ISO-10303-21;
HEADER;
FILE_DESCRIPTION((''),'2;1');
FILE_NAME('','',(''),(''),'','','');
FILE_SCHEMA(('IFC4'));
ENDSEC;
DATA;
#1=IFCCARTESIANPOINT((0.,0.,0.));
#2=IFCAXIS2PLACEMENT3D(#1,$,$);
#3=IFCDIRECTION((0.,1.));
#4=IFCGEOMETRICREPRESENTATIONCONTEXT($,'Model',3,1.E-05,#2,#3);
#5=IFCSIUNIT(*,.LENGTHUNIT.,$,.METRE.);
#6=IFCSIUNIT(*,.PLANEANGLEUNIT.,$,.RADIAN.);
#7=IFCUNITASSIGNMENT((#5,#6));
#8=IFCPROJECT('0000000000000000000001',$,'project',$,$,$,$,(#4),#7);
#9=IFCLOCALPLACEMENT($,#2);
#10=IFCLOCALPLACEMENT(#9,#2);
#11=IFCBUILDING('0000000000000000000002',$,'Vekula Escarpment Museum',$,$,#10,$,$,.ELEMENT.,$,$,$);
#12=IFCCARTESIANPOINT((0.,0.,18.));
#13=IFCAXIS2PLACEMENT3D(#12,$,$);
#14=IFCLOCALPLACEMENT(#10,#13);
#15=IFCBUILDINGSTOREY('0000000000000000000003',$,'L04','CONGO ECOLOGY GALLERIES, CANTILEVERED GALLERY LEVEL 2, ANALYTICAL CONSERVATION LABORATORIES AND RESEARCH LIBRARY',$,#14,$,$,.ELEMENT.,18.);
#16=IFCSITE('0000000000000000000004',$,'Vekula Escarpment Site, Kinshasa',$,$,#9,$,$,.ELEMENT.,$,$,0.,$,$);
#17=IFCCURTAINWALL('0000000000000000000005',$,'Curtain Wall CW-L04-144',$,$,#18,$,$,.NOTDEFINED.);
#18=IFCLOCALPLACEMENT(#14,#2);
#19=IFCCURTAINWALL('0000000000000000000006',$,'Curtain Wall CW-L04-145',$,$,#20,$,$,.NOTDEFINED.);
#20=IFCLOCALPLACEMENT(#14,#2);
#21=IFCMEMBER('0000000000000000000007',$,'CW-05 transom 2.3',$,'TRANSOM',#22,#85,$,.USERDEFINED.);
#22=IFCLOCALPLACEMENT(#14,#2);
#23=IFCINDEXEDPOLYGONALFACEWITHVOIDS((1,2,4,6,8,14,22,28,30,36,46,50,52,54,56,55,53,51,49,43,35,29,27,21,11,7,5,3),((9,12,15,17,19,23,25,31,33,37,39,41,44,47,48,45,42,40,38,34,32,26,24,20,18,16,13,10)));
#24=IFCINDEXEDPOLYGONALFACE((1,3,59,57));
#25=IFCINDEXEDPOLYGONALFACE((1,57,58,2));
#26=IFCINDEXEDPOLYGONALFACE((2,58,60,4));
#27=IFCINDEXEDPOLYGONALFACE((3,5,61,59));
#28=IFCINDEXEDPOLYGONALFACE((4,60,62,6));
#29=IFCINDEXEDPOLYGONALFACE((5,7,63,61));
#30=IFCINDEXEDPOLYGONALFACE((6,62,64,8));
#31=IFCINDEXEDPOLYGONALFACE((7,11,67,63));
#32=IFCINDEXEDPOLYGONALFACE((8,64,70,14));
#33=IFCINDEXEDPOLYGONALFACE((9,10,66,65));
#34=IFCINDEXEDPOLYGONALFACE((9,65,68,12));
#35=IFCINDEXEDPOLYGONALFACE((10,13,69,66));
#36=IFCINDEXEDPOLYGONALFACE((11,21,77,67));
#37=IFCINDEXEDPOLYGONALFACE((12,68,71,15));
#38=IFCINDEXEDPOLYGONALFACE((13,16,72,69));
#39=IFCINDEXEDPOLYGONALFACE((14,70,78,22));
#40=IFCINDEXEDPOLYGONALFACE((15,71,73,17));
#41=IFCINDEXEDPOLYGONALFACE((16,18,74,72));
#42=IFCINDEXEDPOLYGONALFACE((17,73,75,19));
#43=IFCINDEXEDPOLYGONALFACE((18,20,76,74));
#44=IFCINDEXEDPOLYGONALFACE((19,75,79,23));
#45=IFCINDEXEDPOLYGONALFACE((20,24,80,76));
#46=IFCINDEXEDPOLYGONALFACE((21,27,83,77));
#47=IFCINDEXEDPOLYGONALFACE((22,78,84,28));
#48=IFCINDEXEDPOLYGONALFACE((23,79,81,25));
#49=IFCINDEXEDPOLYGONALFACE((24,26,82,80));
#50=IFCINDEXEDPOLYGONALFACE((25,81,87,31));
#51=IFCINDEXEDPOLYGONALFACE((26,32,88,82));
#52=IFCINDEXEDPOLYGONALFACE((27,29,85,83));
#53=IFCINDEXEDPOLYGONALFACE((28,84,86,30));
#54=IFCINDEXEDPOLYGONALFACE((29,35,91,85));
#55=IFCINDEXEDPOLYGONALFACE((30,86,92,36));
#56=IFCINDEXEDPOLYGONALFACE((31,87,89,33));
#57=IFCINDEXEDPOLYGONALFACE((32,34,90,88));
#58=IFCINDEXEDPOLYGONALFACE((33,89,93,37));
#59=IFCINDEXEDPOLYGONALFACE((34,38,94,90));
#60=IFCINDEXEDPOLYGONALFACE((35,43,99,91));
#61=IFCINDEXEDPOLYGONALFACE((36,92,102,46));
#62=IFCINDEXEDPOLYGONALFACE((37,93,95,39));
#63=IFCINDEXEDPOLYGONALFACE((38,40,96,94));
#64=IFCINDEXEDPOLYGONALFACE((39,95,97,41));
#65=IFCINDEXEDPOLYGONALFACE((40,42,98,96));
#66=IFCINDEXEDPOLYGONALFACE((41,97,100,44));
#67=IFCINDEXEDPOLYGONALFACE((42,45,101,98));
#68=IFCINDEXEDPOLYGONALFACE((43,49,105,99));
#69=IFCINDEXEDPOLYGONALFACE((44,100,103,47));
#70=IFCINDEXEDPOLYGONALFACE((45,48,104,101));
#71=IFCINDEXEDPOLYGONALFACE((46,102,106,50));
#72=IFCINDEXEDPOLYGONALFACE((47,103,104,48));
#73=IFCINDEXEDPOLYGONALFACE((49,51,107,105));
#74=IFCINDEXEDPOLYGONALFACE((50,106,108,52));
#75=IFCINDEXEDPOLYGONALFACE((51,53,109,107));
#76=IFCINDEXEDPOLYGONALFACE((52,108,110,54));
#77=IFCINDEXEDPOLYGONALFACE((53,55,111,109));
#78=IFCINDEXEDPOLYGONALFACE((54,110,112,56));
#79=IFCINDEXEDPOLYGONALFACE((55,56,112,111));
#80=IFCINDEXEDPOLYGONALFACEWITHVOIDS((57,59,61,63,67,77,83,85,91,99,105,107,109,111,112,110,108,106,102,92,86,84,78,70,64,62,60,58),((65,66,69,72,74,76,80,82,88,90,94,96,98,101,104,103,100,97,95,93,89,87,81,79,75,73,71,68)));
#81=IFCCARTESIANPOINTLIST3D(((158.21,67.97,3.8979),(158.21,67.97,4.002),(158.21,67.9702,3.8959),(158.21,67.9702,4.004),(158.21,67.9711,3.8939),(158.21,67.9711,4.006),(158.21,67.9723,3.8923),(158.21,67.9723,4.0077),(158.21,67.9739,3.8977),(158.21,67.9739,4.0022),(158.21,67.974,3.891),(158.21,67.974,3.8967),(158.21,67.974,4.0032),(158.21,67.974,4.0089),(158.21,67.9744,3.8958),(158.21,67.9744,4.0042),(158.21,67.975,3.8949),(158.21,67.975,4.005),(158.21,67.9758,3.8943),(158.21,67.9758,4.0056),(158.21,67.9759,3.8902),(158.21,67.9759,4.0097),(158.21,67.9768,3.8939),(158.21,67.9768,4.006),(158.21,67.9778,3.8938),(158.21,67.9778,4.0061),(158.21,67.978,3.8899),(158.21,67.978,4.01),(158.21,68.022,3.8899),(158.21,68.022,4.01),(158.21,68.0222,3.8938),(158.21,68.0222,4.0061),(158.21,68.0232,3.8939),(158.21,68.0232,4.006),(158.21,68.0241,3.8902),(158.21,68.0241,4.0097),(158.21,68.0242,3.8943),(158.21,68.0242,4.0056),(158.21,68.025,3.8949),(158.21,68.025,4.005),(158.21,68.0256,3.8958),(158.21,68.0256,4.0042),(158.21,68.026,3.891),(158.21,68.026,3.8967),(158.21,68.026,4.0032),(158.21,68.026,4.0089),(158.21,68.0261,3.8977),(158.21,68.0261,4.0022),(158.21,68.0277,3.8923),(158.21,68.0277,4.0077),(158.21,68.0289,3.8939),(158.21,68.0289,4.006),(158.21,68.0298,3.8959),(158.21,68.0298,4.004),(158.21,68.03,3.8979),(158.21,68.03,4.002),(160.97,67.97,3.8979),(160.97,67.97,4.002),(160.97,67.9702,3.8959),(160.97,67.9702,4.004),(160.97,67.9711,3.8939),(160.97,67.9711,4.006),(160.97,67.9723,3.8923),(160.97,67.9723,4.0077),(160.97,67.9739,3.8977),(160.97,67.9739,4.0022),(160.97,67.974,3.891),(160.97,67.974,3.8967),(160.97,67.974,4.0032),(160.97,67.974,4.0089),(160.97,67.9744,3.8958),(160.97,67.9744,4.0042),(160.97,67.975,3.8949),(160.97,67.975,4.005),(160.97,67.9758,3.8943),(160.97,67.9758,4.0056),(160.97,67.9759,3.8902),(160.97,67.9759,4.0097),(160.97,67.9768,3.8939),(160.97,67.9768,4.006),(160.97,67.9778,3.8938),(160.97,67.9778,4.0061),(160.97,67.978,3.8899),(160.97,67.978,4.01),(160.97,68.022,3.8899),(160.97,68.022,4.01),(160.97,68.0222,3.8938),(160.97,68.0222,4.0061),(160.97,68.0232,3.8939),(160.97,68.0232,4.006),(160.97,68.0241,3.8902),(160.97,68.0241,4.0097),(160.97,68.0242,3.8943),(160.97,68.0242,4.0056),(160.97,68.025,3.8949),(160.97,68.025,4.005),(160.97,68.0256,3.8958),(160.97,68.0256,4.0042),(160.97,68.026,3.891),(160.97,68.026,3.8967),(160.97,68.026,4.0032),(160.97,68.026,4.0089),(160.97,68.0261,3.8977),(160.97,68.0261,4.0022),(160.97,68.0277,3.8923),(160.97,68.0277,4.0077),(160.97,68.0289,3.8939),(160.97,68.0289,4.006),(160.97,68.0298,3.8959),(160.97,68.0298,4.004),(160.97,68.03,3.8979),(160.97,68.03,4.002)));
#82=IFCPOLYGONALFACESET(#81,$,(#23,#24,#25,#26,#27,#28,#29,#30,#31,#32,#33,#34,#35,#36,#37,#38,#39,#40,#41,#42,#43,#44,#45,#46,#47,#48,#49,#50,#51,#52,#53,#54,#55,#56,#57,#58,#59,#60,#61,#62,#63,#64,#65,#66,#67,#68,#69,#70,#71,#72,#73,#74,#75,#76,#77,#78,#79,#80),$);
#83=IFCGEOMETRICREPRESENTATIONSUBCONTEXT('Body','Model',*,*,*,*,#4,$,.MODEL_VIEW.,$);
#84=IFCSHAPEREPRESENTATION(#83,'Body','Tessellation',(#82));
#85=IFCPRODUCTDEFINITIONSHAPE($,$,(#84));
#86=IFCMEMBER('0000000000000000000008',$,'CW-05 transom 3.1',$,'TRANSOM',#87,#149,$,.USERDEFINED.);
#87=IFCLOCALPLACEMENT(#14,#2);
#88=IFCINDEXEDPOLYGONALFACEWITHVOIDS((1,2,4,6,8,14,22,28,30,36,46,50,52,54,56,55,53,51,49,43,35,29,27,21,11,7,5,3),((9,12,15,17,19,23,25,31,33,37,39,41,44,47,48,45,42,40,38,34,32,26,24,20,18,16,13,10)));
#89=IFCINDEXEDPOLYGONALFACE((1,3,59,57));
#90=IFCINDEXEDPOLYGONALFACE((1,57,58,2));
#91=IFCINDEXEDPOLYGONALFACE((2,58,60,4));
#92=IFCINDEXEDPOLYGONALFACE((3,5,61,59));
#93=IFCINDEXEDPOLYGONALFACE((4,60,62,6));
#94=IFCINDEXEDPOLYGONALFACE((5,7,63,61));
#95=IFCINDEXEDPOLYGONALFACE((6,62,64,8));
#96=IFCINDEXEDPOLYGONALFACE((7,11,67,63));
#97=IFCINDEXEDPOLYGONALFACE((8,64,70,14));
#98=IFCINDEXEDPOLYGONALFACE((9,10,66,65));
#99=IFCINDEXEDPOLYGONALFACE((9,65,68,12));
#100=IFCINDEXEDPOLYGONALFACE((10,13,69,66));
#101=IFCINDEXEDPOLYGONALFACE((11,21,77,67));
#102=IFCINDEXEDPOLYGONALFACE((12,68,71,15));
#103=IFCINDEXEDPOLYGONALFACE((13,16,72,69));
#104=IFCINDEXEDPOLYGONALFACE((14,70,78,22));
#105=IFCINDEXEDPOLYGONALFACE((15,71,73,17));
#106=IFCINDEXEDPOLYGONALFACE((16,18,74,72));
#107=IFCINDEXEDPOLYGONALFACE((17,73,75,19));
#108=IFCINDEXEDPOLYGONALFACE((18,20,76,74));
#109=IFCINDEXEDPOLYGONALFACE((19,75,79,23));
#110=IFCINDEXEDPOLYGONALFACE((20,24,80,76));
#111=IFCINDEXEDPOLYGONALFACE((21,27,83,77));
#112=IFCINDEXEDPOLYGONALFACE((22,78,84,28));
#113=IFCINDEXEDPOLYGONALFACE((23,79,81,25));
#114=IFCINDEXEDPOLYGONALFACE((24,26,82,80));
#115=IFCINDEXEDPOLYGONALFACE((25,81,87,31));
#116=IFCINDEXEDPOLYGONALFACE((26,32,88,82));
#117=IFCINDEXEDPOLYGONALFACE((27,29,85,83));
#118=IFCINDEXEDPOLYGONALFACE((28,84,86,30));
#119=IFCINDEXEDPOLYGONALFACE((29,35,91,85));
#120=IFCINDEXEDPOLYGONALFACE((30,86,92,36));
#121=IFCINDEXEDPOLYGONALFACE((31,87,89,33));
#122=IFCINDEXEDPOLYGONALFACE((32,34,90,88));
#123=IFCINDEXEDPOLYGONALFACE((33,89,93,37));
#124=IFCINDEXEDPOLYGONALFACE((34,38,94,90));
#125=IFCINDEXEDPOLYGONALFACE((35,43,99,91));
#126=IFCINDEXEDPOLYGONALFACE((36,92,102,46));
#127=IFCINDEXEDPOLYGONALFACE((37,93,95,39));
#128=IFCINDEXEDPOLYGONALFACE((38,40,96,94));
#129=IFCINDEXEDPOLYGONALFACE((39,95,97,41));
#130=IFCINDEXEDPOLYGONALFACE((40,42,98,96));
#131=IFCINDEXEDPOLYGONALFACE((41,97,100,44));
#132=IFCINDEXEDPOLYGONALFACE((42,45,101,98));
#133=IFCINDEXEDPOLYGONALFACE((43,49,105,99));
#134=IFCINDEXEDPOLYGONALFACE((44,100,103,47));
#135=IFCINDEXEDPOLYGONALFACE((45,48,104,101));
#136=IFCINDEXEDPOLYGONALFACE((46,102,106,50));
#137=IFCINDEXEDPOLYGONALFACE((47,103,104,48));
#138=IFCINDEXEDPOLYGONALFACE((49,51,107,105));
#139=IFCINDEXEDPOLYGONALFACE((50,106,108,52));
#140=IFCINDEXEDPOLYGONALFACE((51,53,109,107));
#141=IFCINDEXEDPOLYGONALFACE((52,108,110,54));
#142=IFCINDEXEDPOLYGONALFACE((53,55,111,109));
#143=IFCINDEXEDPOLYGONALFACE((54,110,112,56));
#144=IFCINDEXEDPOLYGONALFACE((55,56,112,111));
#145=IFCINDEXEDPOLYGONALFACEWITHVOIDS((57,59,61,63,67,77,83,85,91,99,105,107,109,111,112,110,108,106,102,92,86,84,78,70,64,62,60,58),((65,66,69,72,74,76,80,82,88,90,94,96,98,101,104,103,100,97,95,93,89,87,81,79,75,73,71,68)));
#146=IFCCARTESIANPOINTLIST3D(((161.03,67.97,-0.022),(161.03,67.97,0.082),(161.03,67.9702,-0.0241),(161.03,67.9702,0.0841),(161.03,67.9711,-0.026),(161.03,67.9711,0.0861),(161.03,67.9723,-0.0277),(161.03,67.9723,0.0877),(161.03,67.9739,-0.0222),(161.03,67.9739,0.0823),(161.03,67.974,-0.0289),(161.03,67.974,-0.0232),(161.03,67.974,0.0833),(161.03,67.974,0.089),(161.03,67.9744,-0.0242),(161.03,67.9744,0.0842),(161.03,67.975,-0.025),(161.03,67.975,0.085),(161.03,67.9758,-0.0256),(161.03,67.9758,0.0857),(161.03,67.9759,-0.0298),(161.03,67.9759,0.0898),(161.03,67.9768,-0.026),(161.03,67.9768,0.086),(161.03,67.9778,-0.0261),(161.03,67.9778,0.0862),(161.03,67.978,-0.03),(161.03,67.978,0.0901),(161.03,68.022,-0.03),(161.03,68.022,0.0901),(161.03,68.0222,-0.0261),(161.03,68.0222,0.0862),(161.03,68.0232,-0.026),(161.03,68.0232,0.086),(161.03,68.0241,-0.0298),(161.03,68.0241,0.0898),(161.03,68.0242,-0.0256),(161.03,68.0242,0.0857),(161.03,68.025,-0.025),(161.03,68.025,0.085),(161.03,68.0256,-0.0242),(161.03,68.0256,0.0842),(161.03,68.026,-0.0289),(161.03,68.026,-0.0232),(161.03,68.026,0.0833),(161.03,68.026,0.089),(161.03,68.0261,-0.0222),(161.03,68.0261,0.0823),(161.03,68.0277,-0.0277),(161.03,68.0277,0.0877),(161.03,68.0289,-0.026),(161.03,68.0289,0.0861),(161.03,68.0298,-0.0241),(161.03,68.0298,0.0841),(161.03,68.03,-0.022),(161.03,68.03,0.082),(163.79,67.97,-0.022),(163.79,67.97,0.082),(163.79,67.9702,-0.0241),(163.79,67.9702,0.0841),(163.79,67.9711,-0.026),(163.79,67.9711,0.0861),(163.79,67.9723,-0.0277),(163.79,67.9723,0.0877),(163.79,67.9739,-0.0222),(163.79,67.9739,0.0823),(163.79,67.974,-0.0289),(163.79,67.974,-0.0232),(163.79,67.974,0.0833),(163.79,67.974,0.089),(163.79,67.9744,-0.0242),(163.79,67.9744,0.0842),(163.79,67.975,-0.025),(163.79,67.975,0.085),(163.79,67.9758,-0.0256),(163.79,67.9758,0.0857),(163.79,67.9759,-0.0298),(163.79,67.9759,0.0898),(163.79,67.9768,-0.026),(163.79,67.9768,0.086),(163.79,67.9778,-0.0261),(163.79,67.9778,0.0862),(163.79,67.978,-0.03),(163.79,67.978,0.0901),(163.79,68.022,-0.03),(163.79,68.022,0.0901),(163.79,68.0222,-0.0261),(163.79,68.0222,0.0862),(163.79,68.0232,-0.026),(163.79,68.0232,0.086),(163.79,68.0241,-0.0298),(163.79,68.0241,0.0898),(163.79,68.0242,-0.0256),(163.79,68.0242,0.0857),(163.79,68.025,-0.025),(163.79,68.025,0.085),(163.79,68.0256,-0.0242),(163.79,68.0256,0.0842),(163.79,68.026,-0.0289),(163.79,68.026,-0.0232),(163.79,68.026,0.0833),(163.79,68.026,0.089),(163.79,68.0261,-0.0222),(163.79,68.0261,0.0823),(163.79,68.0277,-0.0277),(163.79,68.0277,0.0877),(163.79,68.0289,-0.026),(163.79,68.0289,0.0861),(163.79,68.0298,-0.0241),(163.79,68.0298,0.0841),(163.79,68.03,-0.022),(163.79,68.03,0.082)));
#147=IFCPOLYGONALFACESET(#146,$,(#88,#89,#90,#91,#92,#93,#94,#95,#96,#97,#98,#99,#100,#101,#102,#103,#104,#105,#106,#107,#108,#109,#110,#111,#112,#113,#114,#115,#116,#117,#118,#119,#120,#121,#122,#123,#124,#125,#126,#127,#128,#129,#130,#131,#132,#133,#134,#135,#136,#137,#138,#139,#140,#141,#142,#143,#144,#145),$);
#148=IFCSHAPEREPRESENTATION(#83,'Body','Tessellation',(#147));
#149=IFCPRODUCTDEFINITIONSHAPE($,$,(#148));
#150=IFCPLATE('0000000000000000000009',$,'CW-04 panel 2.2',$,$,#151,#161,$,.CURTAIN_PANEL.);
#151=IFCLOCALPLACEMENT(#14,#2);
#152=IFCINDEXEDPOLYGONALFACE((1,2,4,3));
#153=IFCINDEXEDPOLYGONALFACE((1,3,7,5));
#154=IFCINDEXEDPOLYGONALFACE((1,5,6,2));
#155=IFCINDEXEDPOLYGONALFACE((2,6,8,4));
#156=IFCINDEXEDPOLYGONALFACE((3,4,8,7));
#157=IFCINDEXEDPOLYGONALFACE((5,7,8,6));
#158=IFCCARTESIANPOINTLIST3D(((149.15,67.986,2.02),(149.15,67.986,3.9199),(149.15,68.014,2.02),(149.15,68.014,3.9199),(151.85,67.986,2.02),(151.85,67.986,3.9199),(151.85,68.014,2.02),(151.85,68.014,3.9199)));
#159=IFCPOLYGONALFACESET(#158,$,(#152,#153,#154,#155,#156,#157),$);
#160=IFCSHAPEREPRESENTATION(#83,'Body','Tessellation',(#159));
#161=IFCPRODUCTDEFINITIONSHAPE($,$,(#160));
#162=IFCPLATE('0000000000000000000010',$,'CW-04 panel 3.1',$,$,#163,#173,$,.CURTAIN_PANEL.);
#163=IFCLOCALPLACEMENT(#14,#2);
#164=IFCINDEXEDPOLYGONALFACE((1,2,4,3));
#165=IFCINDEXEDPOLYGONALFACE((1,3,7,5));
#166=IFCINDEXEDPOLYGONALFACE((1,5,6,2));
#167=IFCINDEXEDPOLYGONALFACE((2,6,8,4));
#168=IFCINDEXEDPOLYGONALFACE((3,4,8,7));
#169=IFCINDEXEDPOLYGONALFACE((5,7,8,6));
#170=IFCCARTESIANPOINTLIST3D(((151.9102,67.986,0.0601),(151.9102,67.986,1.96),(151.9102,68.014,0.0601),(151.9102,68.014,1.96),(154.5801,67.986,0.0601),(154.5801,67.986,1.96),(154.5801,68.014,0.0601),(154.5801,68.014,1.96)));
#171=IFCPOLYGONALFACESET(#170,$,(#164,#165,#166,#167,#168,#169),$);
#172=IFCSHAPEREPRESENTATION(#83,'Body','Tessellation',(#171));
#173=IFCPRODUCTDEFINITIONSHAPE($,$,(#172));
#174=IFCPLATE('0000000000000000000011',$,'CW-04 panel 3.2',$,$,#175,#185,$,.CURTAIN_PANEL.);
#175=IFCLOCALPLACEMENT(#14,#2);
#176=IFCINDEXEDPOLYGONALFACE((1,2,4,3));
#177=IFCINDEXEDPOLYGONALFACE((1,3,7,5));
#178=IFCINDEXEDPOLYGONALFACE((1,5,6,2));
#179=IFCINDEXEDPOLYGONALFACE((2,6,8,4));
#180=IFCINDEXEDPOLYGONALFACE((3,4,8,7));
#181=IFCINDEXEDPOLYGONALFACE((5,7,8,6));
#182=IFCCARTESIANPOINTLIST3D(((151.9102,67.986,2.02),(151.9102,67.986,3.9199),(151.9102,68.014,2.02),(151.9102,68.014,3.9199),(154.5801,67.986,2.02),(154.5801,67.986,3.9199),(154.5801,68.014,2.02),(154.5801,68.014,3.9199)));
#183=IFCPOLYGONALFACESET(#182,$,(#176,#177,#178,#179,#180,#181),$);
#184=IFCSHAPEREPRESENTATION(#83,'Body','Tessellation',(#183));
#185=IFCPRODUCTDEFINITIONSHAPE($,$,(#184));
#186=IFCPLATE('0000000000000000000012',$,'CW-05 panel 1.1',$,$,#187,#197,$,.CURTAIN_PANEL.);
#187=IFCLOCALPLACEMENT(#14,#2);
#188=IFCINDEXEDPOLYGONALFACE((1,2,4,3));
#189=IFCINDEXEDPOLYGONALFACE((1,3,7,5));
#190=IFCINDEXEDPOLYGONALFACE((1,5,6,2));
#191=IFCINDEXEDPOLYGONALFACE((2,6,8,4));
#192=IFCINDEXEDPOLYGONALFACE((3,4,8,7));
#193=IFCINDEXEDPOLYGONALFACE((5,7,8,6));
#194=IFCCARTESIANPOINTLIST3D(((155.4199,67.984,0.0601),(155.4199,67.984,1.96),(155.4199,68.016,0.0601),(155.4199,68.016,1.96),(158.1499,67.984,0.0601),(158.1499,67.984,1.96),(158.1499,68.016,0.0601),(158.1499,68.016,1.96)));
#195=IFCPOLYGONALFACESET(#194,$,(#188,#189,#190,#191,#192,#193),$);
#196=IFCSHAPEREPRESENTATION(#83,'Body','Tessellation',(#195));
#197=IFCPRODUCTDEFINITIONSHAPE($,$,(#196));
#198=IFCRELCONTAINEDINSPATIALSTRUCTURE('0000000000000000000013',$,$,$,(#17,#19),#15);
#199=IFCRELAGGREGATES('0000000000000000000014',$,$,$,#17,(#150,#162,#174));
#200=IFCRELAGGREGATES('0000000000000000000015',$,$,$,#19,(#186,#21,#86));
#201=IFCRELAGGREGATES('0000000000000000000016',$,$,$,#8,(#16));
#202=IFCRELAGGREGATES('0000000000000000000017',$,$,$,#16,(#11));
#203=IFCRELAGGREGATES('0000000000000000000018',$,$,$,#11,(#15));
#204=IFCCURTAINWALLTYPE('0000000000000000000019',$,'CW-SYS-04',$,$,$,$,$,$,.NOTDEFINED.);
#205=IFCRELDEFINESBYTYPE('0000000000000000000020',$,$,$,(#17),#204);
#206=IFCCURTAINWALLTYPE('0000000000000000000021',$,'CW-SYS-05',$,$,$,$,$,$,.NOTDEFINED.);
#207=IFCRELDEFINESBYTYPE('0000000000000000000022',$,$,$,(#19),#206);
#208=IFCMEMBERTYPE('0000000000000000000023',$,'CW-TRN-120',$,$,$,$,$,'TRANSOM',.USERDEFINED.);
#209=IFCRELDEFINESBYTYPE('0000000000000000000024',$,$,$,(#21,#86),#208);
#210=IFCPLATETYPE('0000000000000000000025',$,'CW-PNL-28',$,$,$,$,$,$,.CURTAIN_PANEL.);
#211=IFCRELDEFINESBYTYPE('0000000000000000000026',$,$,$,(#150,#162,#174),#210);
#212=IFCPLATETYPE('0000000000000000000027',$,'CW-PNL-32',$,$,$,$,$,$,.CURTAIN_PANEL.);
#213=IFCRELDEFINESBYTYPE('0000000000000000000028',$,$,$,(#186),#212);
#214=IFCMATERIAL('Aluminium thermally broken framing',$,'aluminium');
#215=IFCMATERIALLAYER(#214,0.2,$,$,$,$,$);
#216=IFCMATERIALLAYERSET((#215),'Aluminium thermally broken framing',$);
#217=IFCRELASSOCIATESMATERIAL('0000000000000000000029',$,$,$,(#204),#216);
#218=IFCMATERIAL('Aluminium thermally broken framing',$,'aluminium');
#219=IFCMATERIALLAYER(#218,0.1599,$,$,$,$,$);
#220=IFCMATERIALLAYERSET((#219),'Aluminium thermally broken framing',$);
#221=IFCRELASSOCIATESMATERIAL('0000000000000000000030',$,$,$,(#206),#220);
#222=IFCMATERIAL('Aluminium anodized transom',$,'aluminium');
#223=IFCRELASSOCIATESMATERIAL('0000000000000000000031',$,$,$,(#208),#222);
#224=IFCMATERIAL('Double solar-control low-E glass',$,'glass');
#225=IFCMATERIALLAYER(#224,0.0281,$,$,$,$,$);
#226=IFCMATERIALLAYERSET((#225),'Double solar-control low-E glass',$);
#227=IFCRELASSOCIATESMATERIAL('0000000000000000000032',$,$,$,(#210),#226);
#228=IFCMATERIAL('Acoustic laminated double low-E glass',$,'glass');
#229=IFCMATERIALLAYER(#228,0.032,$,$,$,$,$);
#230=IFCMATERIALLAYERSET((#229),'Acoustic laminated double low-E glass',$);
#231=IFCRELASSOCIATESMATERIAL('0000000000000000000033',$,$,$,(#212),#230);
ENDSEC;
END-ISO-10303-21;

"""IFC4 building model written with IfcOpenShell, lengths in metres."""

from ifc_helpers import new_model, si_unit, direction, frame, origin, origin_2d, place, context, subcontext, project, spatial, rectangle, hollow_rectangle, extrude, material, layer, layer_set, material_profile, profile_set, type_object, element, aggregate, save


model = new_model("IFC4")

# Units and contexts
model_context = context("Model", 3, precision=1e-05, world=origin(), true_north=direction((0.0, 1.0)))
body_context = subcontext(model_context, "Body", "Model", "MODEL_VIEW")
ifc_project = project(units=[si_unit("LENGTHUNIT", "METRE"), si_unit("PLANEANGLEUNIT", "RADIAN")], contexts=[model_context])

# Site, building, storey
site_placement = place(None, origin())
site = spatial("IfcSite", under=ifc_project, at=site_placement, Name="Vekula Escarpment Site, Kinshasa", CompositionType="ELEMENT", RefElevation=0.0)
building_placement = place(site_placement, origin())
building = spatial("IfcBuilding", under=site, at=building_placement, Name="Vekula Escarpment Museum", CompositionType="ELEMENT")
storey_placement = place(building_placement, frame((0.0, 0.0, 18.0)))
storey = spatial("IfcBuildingStorey", under=building, at=storey_placement, Name="L04", Description="CONGO ECOLOGY GALLERIES, CANTILEVERED GALLERY LEVEL 2, ANALYTICAL CONSERVATION LABORATORIES AND RESEARCH LIBRARY", CompositionType="ELEMENT", Elevation=18.0)

# Curtain walls
ifc_material_1 = material(Name="Aluminium thermally broken framing", Category="aluminium")
ifc_layer_1 = layer(ifc_material_1, 0.2)
ifc_layer_set_1 = layer_set([ifc_layer_1], Name="Aluminium thermally broken framing")
curtain_wall_type_1 = type_object("IfcCurtainWallType", Name="CW-SYS-04", PredefinedType="NOTDEFINED", material=ifc_layer_set_1)
curtain_wall_1_placement = place(storey_placement, origin())
curtain_wall_1 = element("IfcCurtainWall", 1, at=curtain_wall_1_placement, inside=storey, type_object=curtain_wall_type_1, Name="Curtain Wall CW-L04-144", PredefinedType="NOTDEFINED")
ifc_material_2 = material(Name="Aluminium thermally broken framing", Category="aluminium")
ifc_layer_2 = layer(ifc_material_2, 0.1599)
ifc_layer_set_2 = layer_set([ifc_layer_2], Name="Aluminium thermally broken framing")
curtain_wall_type_2 = type_object("IfcCurtainWallType", Name="CW-SYS-05", PredefinedType="NOTDEFINED", material=ifc_layer_set_2)
curtain_wall_2_placement = place(storey_placement, origin())
curtain_wall_2 = element("IfcCurtainWall", 2, at=curtain_wall_2_placement, inside=storey, type_object=curtain_wall_type_2, Name="Curtain Wall CW-L04-145", PredefinedType="NOTDEFINED")

# Members
ifc_material_3 = material(Name="Aluminium anodized transom", Category="aluminium")
ifc_material_profile_1 = material_profile(ifc_material_3, hollow_rectangle(XDim=0.0601, YDim=0.1201, WallThickness=0.0039, InnerFilletRadius=0.0039, OuterFilletRadius=0.0081, at=origin_2d()), Name="ALU 120x60x4")
ifc_profile_set_1 = profile_set([ifc_material_profile_1], Name="Aluminium anodized transom")
member_type_1 = type_object("IfcMemberType", Name="CW-TRN-120", ElementType="TRANSOM", PredefinedType="USERDEFINED", material=ifc_profile_set_1)
member_1_placement = place(storey_placement, frame((158.21, 68.0, 3.95), z_axis=(1.0, 0.0, 0.0), x_axis=(0.0, 1.0, 0.0)))
member_1 = element("IfcMember", 3, at=member_1_placement, type_object=member_type_1, Name="CW-05 transom 2.3", ObjectType="TRANSOM", PredefinedType="USERDEFINED", context=body_context, shape_type="SweptSolid", body=[
    extrude(hollow_rectangle(XDim=0.0601, YDim=0.1201, WallThickness=0.0039, InnerFilletRadius=0.0039, OuterFilletRadius=0.0081, at=origin_2d()), origin(), (0.0, 0.0, 1.0), 2.76),
])
member_2_placement = place(storey_placement, frame((161.03, 68.0, 0.03), z_axis=(1.0, 0.0, 0.0), x_axis=(0.0, 1.0, 0.0)))
member_2 = element("IfcMember", 4, at=member_2_placement, type_object=member_type_1, Name="CW-05 transom 3.1", ObjectType="TRANSOM", PredefinedType="USERDEFINED", context=body_context, shape_type="SweptSolid", body=[
    extrude(hollow_rectangle(XDim=0.0601, YDim=0.1201, WallThickness=0.0039, InnerFilletRadius=0.0039, OuterFilletRadius=0.0081, at=origin_2d()), origin(), (0.0, 0.0, 1.0), 2.76),
])

# Plates
ifc_material_4 = material(Name="Double solar-control low-E glass", Category="glass")
ifc_layer_3 = layer(ifc_material_4, 0.0281)
ifc_layer_set_3 = layer_set([ifc_layer_3], Name="Double solar-control low-E glass")
plate_type_1 = type_object("IfcPlateType", Name="CW-PNL-28", PredefinedType="CURTAIN_PANEL", material=ifc_layer_set_3)
plate_1_placement = place(storey_placement, frame((150.5, 68.0, 2.02), z_axis=(0.0, 0.0, 1.0), x_axis=(1.0, 0.0, 0.0)))
plate_1 = element("IfcPlate", 5, at=plate_1_placement, type_object=plate_type_1, Name="CW-04 panel 2.2", PredefinedType="CURTAIN_PANEL", context=body_context, shape_type="SweptSolid", body=[
    extrude(rectangle(XDim=2.7, YDim=0.0281, at=origin_2d()), origin(), (0.0, 0.0, 1.0), 1.8999),
])
plate_2_placement = place(storey_placement, frame((153.2451, 68.0, 0.0601), z_axis=(0.0, 0.0, 1.0), x_axis=(1.0, 0.0, 0.0)))
plate_2 = element("IfcPlate", 6, at=plate_2_placement, type_object=plate_type_1, Name="CW-04 panel 3.1", PredefinedType="CURTAIN_PANEL", context=body_context, shape_type="SweptSolid", body=[
    extrude(rectangle(XDim=2.6699, YDim=0.0281, at=origin_2d()), origin(), (0.0, 0.0, 1.0), 1.8999),
])
plate_3_placement = place(storey_placement, frame((153.2451, 68.0, 2.02), z_axis=(0.0, 0.0, 1.0), x_axis=(1.0, 0.0, 0.0)))
plate_3 = element("IfcPlate", 7, at=plate_3_placement, type_object=plate_type_1, Name="CW-04 panel 3.2", PredefinedType="CURTAIN_PANEL", context=body_context, shape_type="SweptSolid", body=[
    extrude(rectangle(XDim=2.6699, YDim=0.0281, at=origin_2d()), origin(), (0.0, 0.0, 1.0), 1.8999),
])
aggregate(curtain_wall_1, [plate_1, plate_2, plate_3])
ifc_material_5 = material(Name="Acoustic laminated double low-E glass", Category="glass")
ifc_layer_4 = layer(ifc_material_5, 0.032)
ifc_layer_set_4 = layer_set([ifc_layer_4], Name="Acoustic laminated double low-E glass")
plate_type_2 = type_object("IfcPlateType", Name="CW-PNL-32", PredefinedType="CURTAIN_PANEL", material=ifc_layer_set_4)
plate_4_placement = place(storey_placement, frame((156.7849, 68.0, 0.0601), z_axis=(0.0, 0.0, 1.0), x_axis=(1.0, 0.0, 0.0)))
plate_4 = element("IfcPlate", 8, at=plate_4_placement, type_object=plate_type_2, Name="CW-05 panel 1.1", PredefinedType="CURTAIN_PANEL", context=body_context, shape_type="SweptSolid", body=[
    extrude(rectangle(XDim=2.73, YDim=0.032, at=origin_2d()), origin(), (0.0, 0.0, 1.0), 1.8999),
])
aggregate(curtain_wall_2, [plate_4, member_1, member_2])

save(model, "model.ifc")
